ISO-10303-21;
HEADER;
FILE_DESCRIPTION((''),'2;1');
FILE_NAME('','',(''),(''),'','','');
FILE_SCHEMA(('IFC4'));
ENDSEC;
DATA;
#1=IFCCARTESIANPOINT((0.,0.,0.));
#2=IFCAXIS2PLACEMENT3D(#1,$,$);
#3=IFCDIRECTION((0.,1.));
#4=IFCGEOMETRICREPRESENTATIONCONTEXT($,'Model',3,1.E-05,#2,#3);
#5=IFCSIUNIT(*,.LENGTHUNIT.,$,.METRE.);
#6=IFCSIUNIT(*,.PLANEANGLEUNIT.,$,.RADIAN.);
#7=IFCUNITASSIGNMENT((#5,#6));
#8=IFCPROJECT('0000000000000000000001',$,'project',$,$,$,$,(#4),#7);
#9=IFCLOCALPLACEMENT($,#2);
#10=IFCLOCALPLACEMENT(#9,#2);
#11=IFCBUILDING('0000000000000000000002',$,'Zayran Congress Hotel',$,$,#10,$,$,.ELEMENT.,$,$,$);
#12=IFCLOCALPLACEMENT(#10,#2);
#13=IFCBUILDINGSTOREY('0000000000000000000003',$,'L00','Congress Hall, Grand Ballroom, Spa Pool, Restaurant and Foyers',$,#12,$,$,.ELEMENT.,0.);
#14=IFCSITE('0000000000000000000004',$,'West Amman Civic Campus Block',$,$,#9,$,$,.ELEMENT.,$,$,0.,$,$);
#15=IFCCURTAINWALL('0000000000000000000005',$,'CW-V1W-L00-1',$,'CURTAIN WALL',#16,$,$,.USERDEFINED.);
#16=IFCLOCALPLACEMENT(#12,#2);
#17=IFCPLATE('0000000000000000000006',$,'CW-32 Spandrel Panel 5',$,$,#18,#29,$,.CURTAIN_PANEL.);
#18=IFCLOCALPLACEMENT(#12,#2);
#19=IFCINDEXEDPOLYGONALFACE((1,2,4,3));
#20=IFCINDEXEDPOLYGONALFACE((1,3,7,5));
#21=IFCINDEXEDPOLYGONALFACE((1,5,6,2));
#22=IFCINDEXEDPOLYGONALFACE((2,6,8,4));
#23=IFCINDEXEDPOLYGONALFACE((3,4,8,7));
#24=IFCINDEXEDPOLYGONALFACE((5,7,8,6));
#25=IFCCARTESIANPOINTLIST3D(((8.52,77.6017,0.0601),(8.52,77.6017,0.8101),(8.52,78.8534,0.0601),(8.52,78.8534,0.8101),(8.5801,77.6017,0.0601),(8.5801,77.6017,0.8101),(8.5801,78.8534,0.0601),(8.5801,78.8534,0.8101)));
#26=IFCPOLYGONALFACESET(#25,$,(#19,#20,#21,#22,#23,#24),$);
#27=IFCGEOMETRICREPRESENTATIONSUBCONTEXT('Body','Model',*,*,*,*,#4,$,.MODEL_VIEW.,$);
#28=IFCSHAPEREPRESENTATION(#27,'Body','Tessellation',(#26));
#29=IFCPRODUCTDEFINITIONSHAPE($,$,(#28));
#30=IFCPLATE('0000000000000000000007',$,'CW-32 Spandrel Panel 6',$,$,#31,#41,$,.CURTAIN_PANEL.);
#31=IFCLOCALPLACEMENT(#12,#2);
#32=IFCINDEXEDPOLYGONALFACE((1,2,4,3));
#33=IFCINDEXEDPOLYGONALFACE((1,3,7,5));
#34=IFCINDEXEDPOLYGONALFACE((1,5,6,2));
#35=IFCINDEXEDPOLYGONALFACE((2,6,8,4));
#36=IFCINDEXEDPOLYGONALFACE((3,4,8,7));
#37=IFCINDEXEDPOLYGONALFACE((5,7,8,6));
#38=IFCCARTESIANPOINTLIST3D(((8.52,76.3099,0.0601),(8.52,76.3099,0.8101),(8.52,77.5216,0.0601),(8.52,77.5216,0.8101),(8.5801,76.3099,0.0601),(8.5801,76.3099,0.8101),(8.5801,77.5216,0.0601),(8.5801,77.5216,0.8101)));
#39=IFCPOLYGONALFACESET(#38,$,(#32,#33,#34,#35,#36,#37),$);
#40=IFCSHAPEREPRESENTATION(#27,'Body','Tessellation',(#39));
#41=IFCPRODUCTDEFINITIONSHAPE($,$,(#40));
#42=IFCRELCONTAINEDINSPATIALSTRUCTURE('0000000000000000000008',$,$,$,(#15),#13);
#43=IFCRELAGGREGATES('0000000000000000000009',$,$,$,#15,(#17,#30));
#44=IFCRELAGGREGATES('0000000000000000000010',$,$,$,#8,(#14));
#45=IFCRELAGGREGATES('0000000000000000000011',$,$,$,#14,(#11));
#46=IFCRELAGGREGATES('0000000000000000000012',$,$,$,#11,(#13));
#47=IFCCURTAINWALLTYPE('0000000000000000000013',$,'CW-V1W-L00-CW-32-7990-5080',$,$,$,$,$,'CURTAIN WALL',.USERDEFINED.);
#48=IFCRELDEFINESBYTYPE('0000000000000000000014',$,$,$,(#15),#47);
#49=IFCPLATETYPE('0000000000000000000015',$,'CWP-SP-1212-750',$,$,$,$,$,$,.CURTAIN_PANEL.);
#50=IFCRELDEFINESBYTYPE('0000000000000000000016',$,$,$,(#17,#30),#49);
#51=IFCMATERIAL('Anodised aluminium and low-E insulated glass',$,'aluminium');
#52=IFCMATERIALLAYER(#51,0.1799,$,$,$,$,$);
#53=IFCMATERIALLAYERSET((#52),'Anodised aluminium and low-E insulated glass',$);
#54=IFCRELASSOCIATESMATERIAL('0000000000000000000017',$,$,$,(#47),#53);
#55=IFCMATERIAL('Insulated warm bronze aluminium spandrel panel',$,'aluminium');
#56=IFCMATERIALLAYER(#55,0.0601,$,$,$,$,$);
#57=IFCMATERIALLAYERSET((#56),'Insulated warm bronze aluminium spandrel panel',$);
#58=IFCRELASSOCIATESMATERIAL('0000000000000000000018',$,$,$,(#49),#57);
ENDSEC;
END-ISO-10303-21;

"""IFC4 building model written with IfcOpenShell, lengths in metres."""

from ifc_helpers import new_model, si_unit, direction, frame, origin, origin_2d, place, context, subcontext, project, spatial, rectangle, extrude, material, layer, layer_set, type_object, element, aggregate, save


model = new_model("IFC4")

# Units and contexts
model_context = context("Model", 3, precision=1e-05, world=origin(), true_north=direction((0.0, 1.0)))
body_context = subcontext(model_context, "Body", "Model", "MODEL_VIEW")
ifc_project = project(units=[si_unit("LENGTHUNIT", "METRE"), si_unit("PLANEANGLEUNIT", "RADIAN")], contexts=[model_context])

# Site, building, storey
site_placement = place(None, origin())
site = spatial("IfcSite", under=ifc_project, at=site_placement, Name="West Amman Civic Campus Block", CompositionType="ELEMENT", RefElevation=0.0)
building_placement = place(site_placement, origin())
building = spatial("IfcBuilding", under=site, at=building_placement, Name="Zayran Congress Hotel", CompositionType="ELEMENT")
storey_placement = place(building_placement, origin())
storey = spatial("IfcBuildingStorey", under=building, at=storey_placement, Name="L00", Description="Congress Hall, Grand Ballroom, Spa Pool, Restaurant and Foyers", CompositionType="ELEMENT", Elevation=0.0)

# Curtain wall
ifc_material_1 = material(Name="Anodised aluminium and low-E insulated glass", Category="aluminium")
ifc_layer_1 = layer(ifc_material_1, 0.1799)
ifc_layer_set_1 = layer_set([ifc_layer_1], Name="Anodised aluminium and low-E insulated glass")
curtain_wall_type_1 = type_object("IfcCurtainWallType", Name="CW-V1W-L00-CW-32-7990-5080", ElementType="CURTAIN WALL", PredefinedType="USERDEFINED", material=ifc_layer_set_1)
curtain_wall_1_placement = place(storey_placement, origin())
curtain_wall_1 = element("IfcCurtainWall", 1, at=curtain_wall_1_placement, inside=storey, type_object=curtain_wall_type_1, Name="CW-V1W-L00-1", ObjectType="CURTAIN WALL", PredefinedType="USERDEFINED")

# Plates
ifc_material_2 = material(Name="Insulated warm bronze aluminium spandrel panel", Category="aluminium")
ifc_layer_2 = layer(ifc_material_2, 0.0601)
ifc_layer_set_2 = layer_set([ifc_layer_2], Name="Insulated warm bronze aluminium spandrel panel")
plate_type_1 = type_object("IfcPlateType", Name="CWP-SP-1212-750", PredefinedType="CURTAIN_PANEL", material=ifc_layer_set_2)
plate_1_placement = place(storey_placement, frame((8.55, 78.2275, 0.0601), z_axis=(0.0, 0.0, 1.0), x_axis=(0.0, 1.0, 0.0)))
plate_1 = element("IfcPlate", 2, at=plate_1_placement, type_object=plate_type_1, Name="CW-32 Spandrel Panel 5", PredefinedType="CURTAIN_PANEL", context=body_context, shape_type="SweptSolid", body=[
    extrude(rectangle(XDim=1.2517, YDim=0.0601, at=origin_2d()), origin(), (0.0, 0.0, 1.0), 0.75),
])
plate_2_placement = place(storey_placement, frame((8.55, 76.9158, 0.0601), z_axis=(0.0, 0.0, 1.0), x_axis=(0.0, 1.0, 0.0)))
plate_2 = element("IfcPlate", 3, at=plate_2_placement, type_object=plate_type_1, Name="CW-32 Spandrel Panel 6", PredefinedType="CURTAIN_PANEL", context=body_context, shape_type="SweptSolid", body=[
    extrude(rectangle(XDim=1.2117, YDim=0.0601, at=origin_2d()), origin(), (0.0, 0.0, 1.0), 0.75),
])
aggregate(curtain_wall_1, [plate_1, plate_2])

save(model, "model.ifc")
